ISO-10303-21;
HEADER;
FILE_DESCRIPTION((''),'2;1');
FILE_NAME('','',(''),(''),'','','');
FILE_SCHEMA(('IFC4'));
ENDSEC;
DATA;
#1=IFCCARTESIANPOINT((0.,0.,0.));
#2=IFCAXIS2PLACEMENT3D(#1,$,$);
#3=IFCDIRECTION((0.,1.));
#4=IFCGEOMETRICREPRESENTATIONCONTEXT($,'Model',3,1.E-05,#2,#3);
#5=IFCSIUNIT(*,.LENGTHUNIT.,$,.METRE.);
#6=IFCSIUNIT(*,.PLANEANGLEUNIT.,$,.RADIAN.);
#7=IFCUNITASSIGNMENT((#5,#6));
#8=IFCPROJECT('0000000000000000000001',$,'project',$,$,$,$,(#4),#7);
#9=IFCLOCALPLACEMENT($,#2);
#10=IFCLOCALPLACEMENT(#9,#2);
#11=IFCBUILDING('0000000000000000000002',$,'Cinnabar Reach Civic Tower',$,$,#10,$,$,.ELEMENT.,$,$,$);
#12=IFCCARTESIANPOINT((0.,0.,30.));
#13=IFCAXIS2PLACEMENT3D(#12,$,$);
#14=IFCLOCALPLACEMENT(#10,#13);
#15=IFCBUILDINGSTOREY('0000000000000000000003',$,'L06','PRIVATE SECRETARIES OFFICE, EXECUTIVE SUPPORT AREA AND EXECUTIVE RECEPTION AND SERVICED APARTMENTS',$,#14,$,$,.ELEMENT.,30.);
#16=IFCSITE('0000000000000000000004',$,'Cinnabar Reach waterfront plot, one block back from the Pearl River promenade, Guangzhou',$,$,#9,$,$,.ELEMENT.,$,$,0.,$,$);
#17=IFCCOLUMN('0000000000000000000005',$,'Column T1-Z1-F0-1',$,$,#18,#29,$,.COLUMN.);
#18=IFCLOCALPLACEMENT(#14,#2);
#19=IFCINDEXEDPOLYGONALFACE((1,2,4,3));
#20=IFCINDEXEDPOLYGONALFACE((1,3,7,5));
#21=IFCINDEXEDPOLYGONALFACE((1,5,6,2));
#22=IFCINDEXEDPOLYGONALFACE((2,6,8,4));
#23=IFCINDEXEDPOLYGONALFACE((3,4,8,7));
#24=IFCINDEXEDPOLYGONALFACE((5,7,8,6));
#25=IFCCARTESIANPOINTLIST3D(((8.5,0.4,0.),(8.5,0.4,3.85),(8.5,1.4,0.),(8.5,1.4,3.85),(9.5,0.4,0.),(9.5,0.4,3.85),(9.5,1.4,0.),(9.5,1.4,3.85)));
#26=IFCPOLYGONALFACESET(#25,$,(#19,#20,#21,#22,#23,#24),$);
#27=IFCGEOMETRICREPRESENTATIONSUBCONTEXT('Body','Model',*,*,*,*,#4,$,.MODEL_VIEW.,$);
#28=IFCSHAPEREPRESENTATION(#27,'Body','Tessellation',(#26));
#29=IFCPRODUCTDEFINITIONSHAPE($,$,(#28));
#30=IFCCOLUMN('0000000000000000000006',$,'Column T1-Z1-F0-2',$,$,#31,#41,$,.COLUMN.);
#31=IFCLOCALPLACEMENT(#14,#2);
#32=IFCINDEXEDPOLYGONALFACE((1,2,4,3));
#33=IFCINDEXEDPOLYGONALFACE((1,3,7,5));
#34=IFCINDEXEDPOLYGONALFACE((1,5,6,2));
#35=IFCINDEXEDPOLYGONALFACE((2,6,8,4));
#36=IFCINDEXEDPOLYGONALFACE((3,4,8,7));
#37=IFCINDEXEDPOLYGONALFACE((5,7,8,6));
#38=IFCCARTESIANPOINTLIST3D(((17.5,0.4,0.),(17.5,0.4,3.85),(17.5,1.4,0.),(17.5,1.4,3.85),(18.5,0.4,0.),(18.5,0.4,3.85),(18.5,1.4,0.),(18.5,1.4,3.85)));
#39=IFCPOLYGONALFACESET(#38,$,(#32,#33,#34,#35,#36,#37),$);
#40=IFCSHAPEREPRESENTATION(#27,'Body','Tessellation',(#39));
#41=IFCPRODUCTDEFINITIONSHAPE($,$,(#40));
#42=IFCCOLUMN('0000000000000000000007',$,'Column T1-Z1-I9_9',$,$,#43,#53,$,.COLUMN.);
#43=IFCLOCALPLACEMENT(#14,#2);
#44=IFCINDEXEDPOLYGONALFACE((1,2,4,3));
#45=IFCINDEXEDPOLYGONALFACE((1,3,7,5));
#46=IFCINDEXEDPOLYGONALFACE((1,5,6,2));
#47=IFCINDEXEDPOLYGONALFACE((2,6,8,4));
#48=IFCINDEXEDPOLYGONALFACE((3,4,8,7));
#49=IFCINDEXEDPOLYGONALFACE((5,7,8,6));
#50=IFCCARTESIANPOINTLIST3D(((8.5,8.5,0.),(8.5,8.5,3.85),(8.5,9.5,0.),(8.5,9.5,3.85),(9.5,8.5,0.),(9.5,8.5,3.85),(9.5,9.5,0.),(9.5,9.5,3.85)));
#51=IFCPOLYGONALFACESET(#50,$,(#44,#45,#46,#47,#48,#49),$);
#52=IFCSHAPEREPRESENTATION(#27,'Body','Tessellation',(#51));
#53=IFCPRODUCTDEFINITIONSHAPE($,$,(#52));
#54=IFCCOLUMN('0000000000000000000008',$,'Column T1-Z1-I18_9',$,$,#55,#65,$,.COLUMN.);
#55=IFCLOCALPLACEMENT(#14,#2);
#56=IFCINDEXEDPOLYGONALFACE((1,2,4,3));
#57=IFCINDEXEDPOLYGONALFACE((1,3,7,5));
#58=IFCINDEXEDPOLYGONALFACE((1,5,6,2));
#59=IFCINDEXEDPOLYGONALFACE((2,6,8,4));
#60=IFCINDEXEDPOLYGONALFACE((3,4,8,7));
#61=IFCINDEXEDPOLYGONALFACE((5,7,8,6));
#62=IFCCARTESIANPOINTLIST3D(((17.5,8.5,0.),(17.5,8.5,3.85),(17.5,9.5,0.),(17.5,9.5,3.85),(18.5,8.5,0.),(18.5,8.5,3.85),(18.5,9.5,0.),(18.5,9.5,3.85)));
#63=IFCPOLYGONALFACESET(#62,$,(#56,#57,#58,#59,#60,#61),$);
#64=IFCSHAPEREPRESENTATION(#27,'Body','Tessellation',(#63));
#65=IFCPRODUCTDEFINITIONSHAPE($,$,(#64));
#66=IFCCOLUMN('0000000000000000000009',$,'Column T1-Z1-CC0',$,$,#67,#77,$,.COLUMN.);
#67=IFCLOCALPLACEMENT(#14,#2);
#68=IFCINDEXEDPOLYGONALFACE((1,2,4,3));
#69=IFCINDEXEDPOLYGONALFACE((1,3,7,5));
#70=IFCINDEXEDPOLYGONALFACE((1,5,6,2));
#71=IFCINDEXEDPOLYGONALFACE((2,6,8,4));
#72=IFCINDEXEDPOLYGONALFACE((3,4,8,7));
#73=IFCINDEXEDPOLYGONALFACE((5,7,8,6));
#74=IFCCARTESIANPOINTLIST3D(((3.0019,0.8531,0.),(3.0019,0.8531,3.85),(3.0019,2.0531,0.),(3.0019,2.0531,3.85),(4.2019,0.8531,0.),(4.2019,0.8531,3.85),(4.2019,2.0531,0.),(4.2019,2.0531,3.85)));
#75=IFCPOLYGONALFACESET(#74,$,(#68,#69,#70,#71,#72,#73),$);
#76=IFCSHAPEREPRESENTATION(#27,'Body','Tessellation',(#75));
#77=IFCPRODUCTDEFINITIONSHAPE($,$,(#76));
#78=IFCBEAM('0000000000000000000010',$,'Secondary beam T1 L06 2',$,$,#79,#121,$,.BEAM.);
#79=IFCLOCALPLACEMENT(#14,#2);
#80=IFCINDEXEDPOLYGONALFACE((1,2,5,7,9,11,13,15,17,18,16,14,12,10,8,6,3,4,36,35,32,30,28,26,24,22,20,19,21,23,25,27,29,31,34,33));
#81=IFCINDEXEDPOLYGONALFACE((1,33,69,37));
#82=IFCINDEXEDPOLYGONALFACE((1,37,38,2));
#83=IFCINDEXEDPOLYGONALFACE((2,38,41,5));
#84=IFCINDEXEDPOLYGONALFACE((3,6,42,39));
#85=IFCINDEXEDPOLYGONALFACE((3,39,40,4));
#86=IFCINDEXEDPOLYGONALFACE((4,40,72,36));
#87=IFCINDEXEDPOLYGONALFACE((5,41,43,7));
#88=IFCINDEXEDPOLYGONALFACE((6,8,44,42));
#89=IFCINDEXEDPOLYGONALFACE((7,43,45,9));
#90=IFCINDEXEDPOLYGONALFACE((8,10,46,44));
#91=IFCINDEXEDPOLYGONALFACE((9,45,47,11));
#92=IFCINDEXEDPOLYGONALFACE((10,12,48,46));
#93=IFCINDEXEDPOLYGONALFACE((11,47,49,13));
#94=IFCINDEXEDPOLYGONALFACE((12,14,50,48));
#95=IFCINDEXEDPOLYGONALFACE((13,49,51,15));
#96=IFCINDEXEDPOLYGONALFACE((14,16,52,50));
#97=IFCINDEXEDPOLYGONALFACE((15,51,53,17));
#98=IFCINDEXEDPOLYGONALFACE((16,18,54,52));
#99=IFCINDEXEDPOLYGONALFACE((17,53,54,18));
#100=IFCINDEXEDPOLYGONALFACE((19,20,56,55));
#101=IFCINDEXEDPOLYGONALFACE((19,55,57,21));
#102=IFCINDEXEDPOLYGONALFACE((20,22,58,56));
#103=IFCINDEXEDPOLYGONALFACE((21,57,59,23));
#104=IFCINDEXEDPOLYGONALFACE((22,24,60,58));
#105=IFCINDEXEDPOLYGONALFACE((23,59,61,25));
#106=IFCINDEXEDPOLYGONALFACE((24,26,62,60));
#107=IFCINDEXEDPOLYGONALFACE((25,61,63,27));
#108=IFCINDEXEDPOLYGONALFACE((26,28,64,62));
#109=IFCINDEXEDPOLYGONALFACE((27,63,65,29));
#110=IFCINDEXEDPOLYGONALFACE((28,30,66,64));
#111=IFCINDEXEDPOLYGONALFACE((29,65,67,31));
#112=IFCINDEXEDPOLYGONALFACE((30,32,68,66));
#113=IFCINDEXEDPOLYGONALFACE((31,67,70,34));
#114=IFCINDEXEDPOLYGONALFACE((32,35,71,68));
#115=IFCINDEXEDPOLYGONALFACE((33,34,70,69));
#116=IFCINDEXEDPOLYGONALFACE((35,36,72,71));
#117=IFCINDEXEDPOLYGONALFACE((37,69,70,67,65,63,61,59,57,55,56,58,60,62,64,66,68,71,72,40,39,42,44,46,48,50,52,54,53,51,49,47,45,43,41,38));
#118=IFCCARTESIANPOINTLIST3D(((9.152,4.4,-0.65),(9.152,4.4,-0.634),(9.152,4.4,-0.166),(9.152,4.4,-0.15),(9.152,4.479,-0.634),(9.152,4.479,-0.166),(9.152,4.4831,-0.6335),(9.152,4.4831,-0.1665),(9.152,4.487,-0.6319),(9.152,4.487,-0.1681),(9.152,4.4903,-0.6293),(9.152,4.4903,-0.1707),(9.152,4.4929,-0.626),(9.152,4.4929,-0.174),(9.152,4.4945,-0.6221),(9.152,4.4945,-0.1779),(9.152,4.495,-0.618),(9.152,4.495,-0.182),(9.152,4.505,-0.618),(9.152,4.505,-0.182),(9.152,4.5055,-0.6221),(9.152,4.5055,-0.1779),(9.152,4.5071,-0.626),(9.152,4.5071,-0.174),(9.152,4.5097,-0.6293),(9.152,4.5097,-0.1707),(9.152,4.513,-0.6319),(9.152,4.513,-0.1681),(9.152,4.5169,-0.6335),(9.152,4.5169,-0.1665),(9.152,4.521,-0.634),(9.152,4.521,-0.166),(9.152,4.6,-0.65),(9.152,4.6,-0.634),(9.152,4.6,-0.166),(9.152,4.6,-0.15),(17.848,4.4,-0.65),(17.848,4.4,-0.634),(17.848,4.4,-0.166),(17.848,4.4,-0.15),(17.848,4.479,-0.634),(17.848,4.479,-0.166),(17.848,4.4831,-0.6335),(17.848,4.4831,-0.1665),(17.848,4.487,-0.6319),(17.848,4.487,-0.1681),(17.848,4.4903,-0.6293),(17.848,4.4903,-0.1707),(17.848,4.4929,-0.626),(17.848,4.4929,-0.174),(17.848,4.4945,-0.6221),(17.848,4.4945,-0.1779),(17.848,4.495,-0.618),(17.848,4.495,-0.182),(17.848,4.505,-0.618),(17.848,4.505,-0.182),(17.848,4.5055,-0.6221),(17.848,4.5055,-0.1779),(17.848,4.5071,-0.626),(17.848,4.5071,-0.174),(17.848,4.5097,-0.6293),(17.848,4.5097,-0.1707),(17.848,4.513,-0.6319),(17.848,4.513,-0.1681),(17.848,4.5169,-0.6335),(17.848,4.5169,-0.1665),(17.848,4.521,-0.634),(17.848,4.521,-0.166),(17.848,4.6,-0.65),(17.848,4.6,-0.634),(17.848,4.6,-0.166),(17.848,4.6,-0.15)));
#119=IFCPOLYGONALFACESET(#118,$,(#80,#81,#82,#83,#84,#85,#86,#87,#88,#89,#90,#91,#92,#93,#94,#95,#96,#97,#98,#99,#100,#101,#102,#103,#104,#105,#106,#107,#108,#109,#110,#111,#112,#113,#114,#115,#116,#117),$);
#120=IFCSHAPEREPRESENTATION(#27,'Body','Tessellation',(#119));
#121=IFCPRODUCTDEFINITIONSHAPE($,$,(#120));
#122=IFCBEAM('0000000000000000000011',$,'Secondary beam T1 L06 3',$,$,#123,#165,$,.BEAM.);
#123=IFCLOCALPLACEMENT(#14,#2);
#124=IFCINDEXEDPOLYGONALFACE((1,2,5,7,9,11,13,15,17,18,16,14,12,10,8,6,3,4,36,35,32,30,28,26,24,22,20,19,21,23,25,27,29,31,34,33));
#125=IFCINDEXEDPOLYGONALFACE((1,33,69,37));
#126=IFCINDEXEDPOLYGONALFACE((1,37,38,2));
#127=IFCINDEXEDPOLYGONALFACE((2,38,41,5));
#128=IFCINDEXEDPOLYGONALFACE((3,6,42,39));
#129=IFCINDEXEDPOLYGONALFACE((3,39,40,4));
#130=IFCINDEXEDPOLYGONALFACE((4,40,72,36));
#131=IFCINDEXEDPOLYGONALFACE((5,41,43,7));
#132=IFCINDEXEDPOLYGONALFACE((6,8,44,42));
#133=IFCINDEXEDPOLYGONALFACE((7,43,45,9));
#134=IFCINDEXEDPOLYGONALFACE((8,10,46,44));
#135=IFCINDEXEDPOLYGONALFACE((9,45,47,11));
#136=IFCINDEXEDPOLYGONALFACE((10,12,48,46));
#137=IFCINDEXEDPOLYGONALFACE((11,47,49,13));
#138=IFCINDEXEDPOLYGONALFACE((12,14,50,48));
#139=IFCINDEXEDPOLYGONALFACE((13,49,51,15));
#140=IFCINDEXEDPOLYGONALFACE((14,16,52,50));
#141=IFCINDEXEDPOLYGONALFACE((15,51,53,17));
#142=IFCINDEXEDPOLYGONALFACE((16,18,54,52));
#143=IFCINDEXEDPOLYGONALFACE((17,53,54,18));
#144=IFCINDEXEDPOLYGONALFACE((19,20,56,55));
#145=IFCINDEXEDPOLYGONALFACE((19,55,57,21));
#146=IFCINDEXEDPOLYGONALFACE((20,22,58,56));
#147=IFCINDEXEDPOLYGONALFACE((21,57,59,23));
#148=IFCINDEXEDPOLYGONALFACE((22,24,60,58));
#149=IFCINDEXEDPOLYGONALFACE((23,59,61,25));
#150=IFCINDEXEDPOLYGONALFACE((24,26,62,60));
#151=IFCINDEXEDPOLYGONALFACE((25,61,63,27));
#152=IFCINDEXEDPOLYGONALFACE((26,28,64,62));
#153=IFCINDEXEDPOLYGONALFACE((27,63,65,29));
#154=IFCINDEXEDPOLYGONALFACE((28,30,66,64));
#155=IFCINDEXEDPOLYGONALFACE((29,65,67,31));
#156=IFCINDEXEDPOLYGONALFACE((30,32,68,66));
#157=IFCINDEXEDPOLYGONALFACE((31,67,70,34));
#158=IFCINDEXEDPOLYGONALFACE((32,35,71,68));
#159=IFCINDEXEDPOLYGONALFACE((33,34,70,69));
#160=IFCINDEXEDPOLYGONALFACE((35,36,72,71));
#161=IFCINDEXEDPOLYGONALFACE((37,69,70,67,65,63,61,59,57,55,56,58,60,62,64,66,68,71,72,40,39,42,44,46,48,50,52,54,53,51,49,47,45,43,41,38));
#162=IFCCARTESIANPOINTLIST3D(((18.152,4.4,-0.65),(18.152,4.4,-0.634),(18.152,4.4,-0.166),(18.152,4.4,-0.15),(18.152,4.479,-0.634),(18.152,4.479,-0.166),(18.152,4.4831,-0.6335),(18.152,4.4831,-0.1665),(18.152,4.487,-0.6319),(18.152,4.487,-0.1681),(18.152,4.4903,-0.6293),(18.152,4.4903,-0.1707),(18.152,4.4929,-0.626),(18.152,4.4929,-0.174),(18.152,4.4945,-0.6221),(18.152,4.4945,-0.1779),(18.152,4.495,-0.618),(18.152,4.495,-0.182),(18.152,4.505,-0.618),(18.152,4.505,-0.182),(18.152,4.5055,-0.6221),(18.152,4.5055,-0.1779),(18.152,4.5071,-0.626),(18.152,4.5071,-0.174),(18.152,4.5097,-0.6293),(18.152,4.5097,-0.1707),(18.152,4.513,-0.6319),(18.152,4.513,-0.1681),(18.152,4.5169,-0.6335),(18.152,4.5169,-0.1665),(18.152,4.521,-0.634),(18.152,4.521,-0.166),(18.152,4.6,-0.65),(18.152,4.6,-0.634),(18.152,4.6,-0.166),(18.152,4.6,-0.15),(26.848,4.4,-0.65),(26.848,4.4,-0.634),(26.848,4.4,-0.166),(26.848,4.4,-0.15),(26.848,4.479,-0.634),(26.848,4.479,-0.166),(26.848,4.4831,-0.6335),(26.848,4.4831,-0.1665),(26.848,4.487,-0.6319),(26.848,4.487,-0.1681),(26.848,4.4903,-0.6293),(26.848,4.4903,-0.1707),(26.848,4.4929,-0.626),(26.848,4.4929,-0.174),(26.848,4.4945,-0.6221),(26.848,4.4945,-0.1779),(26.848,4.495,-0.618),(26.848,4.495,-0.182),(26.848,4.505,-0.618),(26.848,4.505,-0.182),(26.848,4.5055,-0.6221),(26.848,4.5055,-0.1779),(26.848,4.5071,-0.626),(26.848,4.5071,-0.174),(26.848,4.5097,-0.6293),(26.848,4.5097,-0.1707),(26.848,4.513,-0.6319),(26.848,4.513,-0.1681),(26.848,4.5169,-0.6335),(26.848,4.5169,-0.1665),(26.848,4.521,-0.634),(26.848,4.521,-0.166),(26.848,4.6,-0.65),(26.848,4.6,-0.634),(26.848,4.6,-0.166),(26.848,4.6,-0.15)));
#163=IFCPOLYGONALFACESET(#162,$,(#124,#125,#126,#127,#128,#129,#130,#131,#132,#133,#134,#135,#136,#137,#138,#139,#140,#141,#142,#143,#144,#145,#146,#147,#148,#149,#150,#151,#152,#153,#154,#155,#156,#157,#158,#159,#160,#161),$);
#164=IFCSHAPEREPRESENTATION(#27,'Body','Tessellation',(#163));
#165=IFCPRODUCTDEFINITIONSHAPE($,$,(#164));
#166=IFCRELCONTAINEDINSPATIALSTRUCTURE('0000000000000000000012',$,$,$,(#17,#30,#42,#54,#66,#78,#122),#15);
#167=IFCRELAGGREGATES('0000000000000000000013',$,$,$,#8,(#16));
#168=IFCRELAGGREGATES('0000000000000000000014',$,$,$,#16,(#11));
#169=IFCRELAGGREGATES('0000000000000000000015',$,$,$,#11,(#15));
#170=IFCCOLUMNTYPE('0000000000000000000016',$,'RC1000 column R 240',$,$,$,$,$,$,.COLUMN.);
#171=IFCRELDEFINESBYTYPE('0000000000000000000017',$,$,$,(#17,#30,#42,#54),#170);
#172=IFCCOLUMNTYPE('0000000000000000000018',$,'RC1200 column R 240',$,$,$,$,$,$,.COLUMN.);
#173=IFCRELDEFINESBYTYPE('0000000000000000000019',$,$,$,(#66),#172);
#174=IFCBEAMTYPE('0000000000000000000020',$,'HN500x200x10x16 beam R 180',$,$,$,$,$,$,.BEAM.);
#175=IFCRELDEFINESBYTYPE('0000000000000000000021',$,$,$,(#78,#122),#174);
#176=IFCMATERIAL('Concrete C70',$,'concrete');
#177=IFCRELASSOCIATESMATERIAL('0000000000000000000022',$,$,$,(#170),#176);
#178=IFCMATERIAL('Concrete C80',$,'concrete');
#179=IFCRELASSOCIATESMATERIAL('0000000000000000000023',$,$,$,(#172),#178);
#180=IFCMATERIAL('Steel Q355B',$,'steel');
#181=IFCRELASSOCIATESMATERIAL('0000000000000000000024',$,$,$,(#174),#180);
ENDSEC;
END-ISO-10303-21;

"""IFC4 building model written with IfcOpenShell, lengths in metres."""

from ifc_helpers import new_model, si_unit, direction, frame, origin, origin_2d, place, context, subcontext, project, spatial, rectangle, i_section, extrude, material, material_profile, profile_set, type_object, element, save


model = new_model("IFC4")

# Units and contexts
model_context = context("Model", 3, precision=1e-05, world=origin(), true_north=direction((0.0, 1.0)))
body_context = subcontext(model_context, "Body", "Model", "MODEL_VIEW")
ifc_project = project(units=[si_unit("LENGTHUNIT", "METRE"), si_unit("PLANEANGLEUNIT", "RADIAN")], contexts=[model_context])

# Site, building, storey
site_placement = place(None, origin())
site = spatial("IfcSite", under=ifc_project, at=site_placement, Name="Cinnabar Reach waterfront plot, one block back from the Pearl River promenade, Guangzhou", CompositionType="ELEMENT", RefElevation=0.0)
building_placement = place(site_placement, origin())
building = spatial("IfcBuilding", under=site, at=building_placement, Name="Cinnabar Reach Civic Tower", CompositionType="ELEMENT")
storey_placement = place(building_placement, frame((0.0, 0.0, 30.0)))
storey = spatial("IfcBuildingStorey", under=building, at=storey_placement, Name="L06", Description="PRIVATE SECRETARIES OFFICE, EXECUTIVE SUPPORT AREA AND EXECUTIVE RECEPTION AND SERVICED APARTMENTS", CompositionType="ELEMENT", Elevation=30.0)

# Columns
ifc_material_1 = material(Name="Concrete C70", Category="concrete")
ifc_material_profile_1 = material_profile(ifc_material_1, rectangle(XDim=1.0, YDim=1.0, at=origin_2d()), Name="RC1000")
ifc_profile_set_1 = profile_set([ifc_material_profile_1], Name="Concrete C70")
column_type_1 = type_object("IfcColumnType", Name="RC1000 column R 240", PredefinedType="COLUMN", material=ifc_profile_set_1)
for number, where, z_axis, x_axis, name in (
    (1, (9.0, 0.9, 0.0), (0.0, 0.0, 1.0), (1.0, 0.0, 0.0), "Column T1-Z1-F0-1"),
    (2, (18.0, 0.9, 0.0), (0.0, 0.0, 1.0), (1.0, 0.0, 0.0), "Column T1-Z1-F0-2"),
    (3, (9.0, 9.0, 0.0), (0.0, 0.0, 1.0), (1.0, 0.0, 0.0), "Column T1-Z1-I9_9"),
    (4, (18.0, 9.0, 0.0), (0.0, 0.0, 1.0), (1.0, 0.0, 0.0), "Column T1-Z1-I18_9"),
):
    element("IfcColumn", number, at=place(storey_placement, frame(where, z_axis=z_axis, x_axis=x_axis)), inside=storey, type_object=column_type_1, Name=name, PredefinedType="COLUMN", context=body_context, shape_type="SweptSolid", body=[
        extrude(rectangle(XDim=1.0, YDim=1.0, at=origin_2d()), origin(), (0.0, 0.0, 1.0), 3.85),
    ])
ifc_material_2 = material(Name="Concrete C80", Category="concrete")
ifc_material_profile_2 = material_profile(ifc_material_2, rectangle(XDim=1.2, YDim=1.2, at=origin_2d()), Name="RC1200")
ifc_profile_set_2 = profile_set([ifc_material_profile_2], Name="Concrete C80")
column_type_2 = type_object("IfcColumnType", Name="RC1200 column R 240", PredefinedType="COLUMN", material=ifc_profile_set_2)
column_placement = place(storey_placement, frame((3.6019, 1.4531, 0.0), z_axis=(0.0, 0.0, 1.0), x_axis=(1.0, 0.0, 0.0)))
element("IfcColumn", 5, at=column_placement, inside=storey, type_object=column_type_2, Name="Column T1-Z1-CC0", PredefinedType="COLUMN", context=body_context, shape_type="SweptSolid", body=[
    extrude(rectangle(XDim=1.2, YDim=1.2, at=origin_2d()), origin(), (0.0, 0.0, 1.0), 3.85),
])

# Beams
ifc_material_3 = material(Name="Steel Q355B", Category="steel")
ifc_material_profile_3 = material_profile(ifc_material_3, i_section(OverallWidth=0.2, OverallDepth=0.5, WebThickness=0.01, FlangeThickness=0.016, FilletRadius=0.016, at=origin_2d()), Name="HN500x200x10x16")
ifc_profile_set_3 = profile_set([ifc_material_profile_3], Name="Steel Q355B")
beam_type_1 = type_object("IfcBeamType", Name="HN500x200x10x16 beam R 180", PredefinedType="BEAM", material=ifc_profile_set_3)
for number, where, z_axis, x_axis, name in (
    (6, (9.152, 4.5, -0.4), (1.0, 0.0, 0.0), (0.0, 1.0, 0.0), "Secondary beam T1 L06 2"),
    (7, (18.152, 4.5, -0.4), (1.0, 0.0, 0.0), (0.0, 1.0, 0.0), "Secondary beam T1 L06 3"),
):
    element("IfcBeam", number, at=place(storey_placement, frame(where, z_axis=z_axis, x_axis=x_axis)), inside=storey, type_object=beam_type_1, Name=name, PredefinedType="BEAM", context=body_context, shape_type="SweptSolid", body=[
        extrude(i_section(OverallWidth=0.2, OverallDepth=0.5, WebThickness=0.01, FlangeThickness=0.016, FilletRadius=0.016, at=origin_2d()), origin(), (0.0, 0.0, 1.0), 8.696),
    ])

save(model, "model.ifc")
